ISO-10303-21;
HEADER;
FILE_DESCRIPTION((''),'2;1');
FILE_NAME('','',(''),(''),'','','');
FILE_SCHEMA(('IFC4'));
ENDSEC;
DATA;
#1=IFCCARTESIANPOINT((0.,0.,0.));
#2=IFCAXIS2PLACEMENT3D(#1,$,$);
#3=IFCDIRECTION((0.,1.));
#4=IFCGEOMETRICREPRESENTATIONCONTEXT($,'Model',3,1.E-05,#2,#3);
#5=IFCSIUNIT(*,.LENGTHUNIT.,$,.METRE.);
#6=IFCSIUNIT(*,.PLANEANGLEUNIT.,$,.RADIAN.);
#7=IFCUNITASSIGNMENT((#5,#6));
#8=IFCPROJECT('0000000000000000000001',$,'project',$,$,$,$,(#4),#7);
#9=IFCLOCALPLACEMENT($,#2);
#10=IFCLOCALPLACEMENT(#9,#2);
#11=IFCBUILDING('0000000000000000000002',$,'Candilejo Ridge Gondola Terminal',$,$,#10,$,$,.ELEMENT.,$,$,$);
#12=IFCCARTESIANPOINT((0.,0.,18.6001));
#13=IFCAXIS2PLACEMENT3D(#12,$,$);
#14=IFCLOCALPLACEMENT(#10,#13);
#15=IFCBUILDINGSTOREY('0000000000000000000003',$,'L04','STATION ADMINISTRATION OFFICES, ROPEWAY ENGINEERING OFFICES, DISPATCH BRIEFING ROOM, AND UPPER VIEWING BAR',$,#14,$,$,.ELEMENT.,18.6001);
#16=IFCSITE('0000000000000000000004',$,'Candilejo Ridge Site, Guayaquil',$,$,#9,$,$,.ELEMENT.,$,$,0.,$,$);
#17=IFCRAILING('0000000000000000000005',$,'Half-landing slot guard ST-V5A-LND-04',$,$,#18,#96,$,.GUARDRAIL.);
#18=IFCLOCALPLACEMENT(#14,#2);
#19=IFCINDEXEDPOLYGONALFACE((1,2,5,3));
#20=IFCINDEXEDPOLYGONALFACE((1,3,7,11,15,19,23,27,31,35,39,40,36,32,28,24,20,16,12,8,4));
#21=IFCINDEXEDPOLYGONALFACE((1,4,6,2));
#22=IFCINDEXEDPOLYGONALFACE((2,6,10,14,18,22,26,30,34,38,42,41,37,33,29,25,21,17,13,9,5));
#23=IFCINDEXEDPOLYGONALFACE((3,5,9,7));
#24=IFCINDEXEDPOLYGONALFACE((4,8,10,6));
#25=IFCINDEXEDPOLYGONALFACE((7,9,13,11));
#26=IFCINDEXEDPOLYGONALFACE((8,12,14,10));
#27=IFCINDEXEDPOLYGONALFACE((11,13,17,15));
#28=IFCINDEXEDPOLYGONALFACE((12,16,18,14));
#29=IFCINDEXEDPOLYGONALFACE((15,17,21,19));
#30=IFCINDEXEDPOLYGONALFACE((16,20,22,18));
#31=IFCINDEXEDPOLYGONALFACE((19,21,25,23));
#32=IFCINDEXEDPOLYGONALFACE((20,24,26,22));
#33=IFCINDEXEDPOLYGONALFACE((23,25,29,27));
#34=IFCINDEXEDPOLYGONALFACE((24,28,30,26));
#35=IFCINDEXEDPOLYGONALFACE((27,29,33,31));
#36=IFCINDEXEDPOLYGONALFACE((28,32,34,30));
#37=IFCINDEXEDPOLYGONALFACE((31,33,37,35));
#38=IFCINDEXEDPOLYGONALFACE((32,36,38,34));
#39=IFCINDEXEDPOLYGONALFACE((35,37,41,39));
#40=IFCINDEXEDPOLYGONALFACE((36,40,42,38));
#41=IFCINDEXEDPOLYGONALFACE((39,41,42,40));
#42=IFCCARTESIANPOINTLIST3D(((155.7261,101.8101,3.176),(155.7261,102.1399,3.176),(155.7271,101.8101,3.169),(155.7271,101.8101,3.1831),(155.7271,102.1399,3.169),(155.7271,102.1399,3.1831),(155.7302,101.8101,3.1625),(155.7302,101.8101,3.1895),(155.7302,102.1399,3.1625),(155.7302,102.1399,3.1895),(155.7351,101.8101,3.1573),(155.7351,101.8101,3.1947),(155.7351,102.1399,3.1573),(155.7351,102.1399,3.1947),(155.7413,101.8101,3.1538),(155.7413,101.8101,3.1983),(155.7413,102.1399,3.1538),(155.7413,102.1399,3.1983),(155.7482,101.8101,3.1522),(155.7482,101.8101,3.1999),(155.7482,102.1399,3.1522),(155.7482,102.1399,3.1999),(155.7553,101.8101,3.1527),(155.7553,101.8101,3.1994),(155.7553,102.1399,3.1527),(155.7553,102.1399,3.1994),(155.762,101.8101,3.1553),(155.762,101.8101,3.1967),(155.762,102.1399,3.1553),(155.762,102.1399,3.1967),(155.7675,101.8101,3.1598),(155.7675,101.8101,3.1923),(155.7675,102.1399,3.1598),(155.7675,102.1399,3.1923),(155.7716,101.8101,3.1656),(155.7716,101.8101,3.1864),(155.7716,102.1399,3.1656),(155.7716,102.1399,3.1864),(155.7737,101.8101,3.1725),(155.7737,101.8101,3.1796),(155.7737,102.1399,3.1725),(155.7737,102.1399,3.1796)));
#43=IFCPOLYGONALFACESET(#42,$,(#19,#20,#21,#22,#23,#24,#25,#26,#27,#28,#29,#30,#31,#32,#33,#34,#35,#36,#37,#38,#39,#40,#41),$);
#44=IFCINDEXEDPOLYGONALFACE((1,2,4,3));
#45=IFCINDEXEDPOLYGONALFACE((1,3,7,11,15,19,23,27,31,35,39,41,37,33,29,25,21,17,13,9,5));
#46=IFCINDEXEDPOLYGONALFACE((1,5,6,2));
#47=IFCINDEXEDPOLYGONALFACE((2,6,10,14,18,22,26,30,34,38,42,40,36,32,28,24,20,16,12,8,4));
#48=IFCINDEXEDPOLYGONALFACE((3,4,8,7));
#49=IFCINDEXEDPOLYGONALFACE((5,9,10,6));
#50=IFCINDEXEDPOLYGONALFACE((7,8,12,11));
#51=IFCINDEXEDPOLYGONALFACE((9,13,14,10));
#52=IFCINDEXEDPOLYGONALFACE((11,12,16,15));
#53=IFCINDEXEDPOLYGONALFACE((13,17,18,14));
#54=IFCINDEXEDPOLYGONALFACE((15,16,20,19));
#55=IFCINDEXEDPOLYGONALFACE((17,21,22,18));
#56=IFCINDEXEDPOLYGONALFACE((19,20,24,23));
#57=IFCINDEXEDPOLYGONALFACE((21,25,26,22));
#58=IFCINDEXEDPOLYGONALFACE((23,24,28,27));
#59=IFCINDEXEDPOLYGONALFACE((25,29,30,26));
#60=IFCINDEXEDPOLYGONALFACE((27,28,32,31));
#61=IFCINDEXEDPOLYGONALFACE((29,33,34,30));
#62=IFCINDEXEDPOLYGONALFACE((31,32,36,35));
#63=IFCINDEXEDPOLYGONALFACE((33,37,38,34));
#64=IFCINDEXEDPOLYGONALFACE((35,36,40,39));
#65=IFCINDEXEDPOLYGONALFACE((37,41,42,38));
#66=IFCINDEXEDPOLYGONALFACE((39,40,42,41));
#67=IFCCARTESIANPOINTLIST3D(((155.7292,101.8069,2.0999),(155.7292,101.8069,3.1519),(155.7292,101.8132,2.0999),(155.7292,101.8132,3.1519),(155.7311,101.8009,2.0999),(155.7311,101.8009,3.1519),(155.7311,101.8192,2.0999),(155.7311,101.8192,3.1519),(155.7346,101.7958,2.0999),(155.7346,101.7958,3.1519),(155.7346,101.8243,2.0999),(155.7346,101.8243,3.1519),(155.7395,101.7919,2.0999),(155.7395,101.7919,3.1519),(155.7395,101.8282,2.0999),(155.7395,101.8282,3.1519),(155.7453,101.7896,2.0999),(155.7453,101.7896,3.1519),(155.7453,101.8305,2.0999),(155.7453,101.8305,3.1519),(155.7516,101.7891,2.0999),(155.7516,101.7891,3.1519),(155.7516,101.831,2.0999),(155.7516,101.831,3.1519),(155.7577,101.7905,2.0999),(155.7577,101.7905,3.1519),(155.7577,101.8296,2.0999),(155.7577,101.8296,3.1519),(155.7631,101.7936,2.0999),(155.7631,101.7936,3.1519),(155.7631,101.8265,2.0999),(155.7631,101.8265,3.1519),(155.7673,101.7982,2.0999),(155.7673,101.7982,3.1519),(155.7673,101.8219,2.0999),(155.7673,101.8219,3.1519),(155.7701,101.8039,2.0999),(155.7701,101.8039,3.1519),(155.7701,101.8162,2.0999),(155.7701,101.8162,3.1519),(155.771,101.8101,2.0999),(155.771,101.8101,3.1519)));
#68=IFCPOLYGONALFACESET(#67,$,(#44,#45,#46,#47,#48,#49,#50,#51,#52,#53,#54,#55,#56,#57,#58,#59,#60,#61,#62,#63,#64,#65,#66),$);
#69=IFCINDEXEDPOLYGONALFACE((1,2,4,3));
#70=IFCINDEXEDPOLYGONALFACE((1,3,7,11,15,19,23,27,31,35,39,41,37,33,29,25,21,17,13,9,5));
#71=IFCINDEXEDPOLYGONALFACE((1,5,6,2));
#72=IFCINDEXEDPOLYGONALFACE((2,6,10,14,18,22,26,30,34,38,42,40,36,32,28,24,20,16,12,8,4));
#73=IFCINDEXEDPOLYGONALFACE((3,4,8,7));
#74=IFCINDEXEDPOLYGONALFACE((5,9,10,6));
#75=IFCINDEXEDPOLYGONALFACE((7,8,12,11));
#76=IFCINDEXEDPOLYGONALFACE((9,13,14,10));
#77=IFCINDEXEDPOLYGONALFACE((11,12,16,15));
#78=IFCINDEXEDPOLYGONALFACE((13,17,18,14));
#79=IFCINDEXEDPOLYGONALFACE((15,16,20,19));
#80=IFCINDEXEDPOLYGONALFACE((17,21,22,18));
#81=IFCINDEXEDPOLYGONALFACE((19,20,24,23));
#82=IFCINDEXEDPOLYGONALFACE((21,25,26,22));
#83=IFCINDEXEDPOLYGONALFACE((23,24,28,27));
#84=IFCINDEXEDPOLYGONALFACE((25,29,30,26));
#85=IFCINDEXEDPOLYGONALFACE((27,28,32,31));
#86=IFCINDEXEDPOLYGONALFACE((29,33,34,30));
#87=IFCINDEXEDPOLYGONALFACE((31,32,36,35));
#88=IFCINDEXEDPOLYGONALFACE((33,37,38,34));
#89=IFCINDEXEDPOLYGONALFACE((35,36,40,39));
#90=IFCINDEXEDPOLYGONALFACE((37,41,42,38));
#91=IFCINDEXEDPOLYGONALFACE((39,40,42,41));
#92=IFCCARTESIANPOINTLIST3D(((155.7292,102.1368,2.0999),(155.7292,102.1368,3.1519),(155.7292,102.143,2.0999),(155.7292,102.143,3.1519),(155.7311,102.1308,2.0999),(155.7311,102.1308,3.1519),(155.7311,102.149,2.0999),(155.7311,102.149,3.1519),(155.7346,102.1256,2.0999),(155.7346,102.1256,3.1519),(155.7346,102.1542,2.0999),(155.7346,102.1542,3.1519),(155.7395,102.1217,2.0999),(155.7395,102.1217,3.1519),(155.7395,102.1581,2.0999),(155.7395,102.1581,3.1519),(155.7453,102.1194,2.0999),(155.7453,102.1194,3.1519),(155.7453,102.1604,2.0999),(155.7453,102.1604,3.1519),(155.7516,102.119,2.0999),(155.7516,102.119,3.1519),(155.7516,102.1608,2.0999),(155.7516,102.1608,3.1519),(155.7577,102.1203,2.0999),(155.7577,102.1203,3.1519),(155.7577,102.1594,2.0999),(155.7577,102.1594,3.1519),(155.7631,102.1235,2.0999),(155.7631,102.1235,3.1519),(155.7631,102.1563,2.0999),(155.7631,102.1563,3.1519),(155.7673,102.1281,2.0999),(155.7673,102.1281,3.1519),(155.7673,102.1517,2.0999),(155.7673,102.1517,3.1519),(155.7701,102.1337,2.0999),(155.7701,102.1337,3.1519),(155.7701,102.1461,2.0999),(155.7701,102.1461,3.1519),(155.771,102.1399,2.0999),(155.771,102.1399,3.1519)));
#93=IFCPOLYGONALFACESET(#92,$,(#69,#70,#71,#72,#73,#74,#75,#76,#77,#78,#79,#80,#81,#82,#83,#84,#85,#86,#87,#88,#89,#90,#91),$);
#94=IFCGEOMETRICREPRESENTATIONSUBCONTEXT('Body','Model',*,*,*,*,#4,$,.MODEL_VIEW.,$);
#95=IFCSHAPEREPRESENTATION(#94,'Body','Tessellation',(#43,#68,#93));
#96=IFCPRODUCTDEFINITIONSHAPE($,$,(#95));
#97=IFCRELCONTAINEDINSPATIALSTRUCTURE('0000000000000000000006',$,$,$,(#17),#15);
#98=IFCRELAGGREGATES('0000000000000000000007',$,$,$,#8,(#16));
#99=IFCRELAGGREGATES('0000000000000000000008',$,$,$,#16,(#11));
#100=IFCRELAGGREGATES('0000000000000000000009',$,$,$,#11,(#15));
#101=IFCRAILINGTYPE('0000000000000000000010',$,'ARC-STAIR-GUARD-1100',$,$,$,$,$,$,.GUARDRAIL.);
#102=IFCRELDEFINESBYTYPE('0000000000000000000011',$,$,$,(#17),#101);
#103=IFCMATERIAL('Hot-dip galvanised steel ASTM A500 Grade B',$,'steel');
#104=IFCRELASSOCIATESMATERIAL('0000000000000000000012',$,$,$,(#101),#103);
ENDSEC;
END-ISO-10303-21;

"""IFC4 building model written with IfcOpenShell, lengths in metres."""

from ifc_helpers import new_model, si_unit, direction, frame, origin, origin_2d, place, context, subcontext, project, spatial, circle, extrude, material, type_object, element, save


model = new_model("IFC4")

# Units and contexts
model_context = context("Model", 3, precision=1e-05, world=origin(), true_north=direction((0.0, 1.0)))
body_context = subcontext(model_context, "Body", "Model", "MODEL_VIEW")
ifc_project = project(units=[si_unit("LENGTHUNIT", "METRE"), si_unit("PLANEANGLEUNIT", "RADIAN")], contexts=[model_context])

# Site, building, storey
site_placement = place(None, origin())
site = spatial("IfcSite", under=ifc_project, at=site_placement, Name="Candilejo Ridge Site, Guayaquil", CompositionType="ELEMENT", RefElevation=0.0)
building_placement = place(site_placement, origin())
building = spatial("IfcBuilding", under=site, at=building_placement, Name="Candilejo Ridge Gondola Terminal", CompositionType="ELEMENT")
storey_placement = place(building_placement, frame((0.0, 0.0, 18.6001)))
storey = spatial("IfcBuildingStorey", under=building, at=storey_placement, Name="L04", Description="STATION ADMINISTRATION OFFICES, ROPEWAY ENGINEERING OFFICES, DISPATCH BRIEFING ROOM, AND UPPER VIEWING BAR", CompositionType="ELEMENT", Elevation=18.6001)

# Railing
ifc_material_1 = material(Name="Hot-dip galvanised steel ASTM A500 Grade B", Category="steel")
railing_type_1 = type_object("IfcRailingType", Name="ARC-STAIR-GUARD-1100", PredefinedType="GUARDRAIL", material=ifc_material_1)
railing_1_placement = place(storey_placement, frame((155.75, 101.8101, 2.0999)))
element("IfcRailing", 1, at=railing_1_placement, inside=storey, type_object=railing_type_1, Name="Half-landing slot guard ST-V5A-LND-04", PredefinedType="GUARDRAIL", context=body_context, shape_type="SweptSolid", body=[
    extrude(circle(Radius=0.0239, at=origin_2d()), frame((0.0, 0.0, 1.0762), z_axis=(0.0, 1.0, 0.0), x_axis=(-1.0, 0.0, 0.0)), (0.0, 0.0, 1.0), 0.3298),
    extrude(circle(Radius=0.021, at=origin_2d()), origin(), (0.0, 0.0, 1.0), 1.052),
    extrude(circle(Radius=0.021, at=origin_2d()), frame((0.0, 0.3298, 0.0)), (0.0, 0.0, 1.0), 1.052),
])

save(model, "model.ifc")
